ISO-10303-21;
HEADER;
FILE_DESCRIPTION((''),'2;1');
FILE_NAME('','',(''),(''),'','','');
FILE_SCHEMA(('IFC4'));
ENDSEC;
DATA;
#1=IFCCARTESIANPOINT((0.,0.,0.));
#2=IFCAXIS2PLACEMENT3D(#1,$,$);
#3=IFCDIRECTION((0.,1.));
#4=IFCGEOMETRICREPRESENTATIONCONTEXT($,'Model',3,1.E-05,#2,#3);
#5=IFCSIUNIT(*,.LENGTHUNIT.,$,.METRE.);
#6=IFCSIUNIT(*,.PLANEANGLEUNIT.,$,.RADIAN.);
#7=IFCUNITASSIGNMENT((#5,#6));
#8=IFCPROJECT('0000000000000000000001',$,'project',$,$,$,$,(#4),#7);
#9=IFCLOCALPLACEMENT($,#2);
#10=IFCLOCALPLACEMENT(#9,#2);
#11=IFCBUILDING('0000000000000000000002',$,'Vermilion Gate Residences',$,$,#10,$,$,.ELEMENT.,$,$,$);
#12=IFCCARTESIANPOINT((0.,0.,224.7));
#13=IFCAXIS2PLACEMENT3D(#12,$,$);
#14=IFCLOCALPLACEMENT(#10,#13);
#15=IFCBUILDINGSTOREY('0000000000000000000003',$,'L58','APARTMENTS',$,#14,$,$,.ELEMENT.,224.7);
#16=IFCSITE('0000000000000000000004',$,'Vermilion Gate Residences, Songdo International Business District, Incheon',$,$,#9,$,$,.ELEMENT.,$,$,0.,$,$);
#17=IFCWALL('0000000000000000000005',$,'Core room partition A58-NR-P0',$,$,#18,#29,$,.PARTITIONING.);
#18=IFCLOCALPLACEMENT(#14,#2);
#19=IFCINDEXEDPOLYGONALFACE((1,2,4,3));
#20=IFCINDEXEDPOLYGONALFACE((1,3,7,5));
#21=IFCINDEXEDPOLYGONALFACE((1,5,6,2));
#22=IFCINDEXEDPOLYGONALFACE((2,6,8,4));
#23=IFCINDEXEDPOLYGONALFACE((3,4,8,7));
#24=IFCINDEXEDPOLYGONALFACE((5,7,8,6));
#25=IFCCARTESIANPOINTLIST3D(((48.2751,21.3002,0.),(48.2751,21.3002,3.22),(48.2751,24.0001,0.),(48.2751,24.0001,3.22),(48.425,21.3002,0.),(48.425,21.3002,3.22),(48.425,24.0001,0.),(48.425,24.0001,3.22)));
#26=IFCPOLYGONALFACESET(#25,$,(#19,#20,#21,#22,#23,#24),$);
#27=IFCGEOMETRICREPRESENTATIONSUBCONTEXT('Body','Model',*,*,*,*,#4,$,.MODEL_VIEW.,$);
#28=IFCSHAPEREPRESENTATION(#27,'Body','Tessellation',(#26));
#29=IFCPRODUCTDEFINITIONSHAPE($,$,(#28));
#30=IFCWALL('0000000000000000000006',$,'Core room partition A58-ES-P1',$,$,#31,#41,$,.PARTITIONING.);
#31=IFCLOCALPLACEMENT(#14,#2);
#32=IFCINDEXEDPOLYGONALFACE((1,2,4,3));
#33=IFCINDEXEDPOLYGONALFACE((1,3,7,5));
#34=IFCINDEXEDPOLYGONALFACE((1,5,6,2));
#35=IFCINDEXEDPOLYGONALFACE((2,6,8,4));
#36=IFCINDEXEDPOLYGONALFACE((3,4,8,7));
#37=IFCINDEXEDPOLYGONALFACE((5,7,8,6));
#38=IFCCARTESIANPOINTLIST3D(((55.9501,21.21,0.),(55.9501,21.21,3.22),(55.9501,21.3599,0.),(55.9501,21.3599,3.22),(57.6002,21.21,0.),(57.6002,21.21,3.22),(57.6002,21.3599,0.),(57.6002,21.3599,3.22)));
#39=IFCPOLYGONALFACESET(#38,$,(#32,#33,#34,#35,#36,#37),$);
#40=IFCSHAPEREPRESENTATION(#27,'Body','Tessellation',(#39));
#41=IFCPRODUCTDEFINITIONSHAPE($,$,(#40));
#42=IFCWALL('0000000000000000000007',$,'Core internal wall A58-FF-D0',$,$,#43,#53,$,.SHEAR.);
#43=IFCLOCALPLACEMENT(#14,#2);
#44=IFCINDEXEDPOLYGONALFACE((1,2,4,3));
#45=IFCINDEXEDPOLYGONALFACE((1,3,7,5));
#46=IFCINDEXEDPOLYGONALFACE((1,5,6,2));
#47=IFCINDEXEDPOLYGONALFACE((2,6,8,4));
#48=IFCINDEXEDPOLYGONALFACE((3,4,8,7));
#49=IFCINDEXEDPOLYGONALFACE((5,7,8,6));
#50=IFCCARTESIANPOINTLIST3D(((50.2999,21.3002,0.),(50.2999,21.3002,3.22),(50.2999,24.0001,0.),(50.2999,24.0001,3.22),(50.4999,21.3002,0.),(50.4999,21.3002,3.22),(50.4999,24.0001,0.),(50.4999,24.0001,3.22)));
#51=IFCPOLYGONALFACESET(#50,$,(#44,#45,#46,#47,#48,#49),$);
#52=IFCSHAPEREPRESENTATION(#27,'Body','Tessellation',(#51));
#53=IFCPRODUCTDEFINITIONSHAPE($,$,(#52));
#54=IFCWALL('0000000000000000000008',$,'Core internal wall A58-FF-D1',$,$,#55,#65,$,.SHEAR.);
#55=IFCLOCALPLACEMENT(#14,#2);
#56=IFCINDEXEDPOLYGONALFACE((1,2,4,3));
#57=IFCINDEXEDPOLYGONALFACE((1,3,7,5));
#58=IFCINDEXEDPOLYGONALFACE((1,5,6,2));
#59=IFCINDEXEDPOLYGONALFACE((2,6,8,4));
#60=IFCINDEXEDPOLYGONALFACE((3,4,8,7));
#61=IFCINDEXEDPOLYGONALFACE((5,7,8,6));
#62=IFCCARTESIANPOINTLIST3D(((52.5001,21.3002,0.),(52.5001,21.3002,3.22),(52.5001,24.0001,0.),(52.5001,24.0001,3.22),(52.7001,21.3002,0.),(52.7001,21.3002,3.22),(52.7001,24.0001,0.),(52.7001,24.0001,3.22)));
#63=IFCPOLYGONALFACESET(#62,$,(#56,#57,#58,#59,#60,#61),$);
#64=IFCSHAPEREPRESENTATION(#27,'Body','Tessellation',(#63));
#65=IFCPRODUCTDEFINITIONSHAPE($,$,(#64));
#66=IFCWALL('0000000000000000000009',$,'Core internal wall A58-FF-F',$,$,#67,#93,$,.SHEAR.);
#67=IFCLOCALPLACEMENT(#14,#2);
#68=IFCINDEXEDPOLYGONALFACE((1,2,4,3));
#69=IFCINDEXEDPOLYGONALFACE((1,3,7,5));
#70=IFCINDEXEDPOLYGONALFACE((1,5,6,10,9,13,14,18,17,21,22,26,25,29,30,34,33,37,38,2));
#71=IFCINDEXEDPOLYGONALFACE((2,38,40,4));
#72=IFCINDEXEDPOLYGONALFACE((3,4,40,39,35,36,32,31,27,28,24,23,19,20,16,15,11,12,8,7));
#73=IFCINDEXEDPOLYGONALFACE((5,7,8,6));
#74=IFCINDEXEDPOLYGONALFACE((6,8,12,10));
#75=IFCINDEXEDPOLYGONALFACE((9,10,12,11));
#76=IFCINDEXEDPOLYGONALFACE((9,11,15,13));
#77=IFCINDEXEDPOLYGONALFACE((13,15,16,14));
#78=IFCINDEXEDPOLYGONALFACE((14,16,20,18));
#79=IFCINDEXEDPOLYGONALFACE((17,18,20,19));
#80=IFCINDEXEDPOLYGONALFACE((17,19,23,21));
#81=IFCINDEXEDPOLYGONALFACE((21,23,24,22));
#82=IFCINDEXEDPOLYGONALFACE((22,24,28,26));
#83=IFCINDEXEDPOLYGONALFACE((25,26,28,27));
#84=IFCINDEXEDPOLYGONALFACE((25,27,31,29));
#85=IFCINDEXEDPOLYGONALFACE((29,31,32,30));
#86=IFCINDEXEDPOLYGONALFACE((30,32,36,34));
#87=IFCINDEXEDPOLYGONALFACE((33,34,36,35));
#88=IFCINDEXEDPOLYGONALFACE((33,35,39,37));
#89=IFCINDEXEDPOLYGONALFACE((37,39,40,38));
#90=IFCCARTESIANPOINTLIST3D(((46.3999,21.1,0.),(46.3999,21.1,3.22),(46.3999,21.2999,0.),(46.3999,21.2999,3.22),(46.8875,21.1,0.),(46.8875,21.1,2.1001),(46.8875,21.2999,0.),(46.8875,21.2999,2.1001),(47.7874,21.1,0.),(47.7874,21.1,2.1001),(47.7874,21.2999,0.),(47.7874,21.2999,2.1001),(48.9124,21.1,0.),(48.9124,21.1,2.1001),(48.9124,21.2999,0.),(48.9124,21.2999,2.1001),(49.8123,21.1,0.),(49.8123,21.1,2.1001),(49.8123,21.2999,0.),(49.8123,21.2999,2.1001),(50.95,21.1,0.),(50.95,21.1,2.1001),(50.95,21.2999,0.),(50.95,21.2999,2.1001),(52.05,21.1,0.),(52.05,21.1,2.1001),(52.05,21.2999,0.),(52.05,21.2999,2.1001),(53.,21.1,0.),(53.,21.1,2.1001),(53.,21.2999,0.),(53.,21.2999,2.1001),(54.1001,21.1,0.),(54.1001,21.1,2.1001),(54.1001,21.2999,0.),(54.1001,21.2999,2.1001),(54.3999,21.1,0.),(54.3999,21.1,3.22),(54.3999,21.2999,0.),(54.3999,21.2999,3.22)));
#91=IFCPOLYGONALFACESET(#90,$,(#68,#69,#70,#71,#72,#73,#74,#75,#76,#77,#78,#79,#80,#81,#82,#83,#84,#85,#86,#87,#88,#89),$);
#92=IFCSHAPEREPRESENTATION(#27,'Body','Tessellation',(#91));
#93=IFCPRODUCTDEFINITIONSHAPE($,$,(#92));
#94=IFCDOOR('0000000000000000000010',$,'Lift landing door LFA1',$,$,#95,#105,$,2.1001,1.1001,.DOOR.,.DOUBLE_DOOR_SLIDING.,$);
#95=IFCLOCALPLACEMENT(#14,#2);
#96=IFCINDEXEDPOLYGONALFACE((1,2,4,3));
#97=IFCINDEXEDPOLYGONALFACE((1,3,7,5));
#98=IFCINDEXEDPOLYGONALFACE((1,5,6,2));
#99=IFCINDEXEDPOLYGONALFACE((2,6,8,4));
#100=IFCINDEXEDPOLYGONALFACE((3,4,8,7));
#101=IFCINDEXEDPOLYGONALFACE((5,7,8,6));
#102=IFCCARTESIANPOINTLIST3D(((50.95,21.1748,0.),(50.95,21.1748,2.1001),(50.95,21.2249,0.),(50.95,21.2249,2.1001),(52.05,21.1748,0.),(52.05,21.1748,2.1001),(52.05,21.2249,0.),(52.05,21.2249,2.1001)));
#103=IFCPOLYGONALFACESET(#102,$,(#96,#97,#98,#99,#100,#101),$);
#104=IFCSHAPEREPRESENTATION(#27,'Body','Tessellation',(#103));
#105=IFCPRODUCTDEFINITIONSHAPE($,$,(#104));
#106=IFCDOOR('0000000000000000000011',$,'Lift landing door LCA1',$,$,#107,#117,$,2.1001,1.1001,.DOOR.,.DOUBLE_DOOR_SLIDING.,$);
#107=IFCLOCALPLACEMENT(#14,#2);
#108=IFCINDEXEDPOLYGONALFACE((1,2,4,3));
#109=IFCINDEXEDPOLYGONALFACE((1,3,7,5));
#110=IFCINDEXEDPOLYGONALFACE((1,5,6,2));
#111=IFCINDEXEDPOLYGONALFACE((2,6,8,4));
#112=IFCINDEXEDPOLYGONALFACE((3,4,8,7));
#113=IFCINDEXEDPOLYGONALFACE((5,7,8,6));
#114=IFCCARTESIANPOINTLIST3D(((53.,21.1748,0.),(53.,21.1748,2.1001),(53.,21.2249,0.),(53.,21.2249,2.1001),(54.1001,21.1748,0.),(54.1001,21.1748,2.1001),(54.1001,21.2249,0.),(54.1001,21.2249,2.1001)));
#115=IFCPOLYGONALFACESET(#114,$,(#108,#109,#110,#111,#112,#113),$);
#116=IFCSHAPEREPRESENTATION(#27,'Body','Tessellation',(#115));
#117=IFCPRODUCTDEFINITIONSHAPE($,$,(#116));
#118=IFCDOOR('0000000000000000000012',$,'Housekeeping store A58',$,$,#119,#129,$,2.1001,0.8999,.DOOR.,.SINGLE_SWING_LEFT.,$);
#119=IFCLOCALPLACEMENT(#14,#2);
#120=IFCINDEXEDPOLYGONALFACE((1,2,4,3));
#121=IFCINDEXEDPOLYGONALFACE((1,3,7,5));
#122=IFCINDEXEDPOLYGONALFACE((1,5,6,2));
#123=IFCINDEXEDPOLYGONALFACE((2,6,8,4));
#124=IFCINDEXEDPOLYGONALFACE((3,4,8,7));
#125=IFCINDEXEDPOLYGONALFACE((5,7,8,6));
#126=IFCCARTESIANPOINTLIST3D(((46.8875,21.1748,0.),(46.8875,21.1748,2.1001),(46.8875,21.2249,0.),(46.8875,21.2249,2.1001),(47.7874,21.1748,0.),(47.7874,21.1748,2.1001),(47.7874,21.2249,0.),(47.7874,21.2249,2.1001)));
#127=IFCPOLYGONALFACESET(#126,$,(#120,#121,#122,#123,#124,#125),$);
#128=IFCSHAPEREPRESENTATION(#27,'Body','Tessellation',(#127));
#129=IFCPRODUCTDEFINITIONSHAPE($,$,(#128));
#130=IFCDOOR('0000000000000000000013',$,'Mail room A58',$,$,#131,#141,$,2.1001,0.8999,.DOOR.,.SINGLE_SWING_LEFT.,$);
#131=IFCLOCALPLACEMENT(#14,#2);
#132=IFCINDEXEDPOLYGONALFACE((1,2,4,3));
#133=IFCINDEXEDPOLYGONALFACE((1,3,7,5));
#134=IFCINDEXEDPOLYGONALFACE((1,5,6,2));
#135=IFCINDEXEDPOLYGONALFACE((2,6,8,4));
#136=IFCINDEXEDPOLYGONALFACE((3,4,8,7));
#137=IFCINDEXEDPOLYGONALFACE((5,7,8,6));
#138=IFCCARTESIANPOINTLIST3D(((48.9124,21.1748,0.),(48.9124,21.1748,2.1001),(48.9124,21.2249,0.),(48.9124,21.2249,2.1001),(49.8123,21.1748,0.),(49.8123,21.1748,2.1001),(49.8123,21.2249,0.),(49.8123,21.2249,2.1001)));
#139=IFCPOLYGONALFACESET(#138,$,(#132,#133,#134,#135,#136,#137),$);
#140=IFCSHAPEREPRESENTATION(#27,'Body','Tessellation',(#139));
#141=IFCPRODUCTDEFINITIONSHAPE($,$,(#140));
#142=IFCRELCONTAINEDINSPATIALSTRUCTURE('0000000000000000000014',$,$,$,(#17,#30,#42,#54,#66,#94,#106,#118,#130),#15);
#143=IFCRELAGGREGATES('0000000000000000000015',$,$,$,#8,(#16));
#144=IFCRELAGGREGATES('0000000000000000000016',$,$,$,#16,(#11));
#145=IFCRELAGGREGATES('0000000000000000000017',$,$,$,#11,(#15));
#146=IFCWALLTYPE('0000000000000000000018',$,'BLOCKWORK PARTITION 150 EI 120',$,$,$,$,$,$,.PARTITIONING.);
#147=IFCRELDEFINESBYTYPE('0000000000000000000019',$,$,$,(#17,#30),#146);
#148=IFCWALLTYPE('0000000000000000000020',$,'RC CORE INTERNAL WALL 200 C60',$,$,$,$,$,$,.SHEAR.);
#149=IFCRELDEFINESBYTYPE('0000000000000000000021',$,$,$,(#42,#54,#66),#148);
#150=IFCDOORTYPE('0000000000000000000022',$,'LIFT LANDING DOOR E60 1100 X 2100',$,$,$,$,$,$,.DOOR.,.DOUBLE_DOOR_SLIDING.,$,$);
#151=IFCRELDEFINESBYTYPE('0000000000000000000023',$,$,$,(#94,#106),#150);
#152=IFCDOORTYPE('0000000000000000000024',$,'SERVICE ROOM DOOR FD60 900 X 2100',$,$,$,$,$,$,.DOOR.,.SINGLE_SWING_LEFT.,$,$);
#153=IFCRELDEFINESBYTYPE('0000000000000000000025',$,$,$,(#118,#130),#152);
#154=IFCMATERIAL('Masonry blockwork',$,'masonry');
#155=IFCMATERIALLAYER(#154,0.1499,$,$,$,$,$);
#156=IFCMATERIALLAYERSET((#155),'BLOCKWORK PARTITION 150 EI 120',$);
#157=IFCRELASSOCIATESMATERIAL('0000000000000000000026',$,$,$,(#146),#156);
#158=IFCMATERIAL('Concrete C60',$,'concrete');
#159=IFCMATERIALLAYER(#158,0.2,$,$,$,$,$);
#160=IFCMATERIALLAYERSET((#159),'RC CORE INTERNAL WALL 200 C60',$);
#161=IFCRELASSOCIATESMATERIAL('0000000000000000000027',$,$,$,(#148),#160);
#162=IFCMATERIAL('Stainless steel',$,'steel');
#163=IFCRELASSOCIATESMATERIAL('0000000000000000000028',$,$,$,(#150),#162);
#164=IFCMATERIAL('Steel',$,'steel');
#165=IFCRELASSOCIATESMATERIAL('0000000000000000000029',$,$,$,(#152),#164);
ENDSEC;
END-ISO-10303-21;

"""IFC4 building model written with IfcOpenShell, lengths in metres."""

from ifc_helpers import new_model, si_unit, direction, frame, frame_2d, origin, place, context, subcontext, project, spatial, rectangle, extrude, material, layer, layer_set, type_object, element, fill, save


model = new_model("IFC4")

# Units and contexts
model_context = context("Model", 3, precision=1e-05, world=origin(), true_north=direction((0.0, 1.0)))
body_context = subcontext(model_context, "Body", "Model", "MODEL_VIEW")
ifc_project = project(units=[si_unit("LENGTHUNIT", "METRE"), si_unit("PLANEANGLEUNIT", "RADIAN")], contexts=[model_context])

# Site, building, storey
site_placement = place(None, origin())
site = spatial("IfcSite", under=ifc_project, at=site_placement, Name="Vermilion Gate Residences, Songdo International Business District, Incheon", CompositionType="ELEMENT", RefElevation=0.0)
building_placement = place(site_placement, origin())
building = spatial("IfcBuilding", under=site, at=building_placement, Name="Vermilion Gate Residences", CompositionType="ELEMENT")
storey_placement = place(building_placement, frame((0.0, 0.0, 224.7)))
storey = spatial("IfcBuildingStorey", under=building, at=storey_placement, Name="L58", Description="APARTMENTS", CompositionType="ELEMENT", Elevation=224.7)

# Walls
ifc_material_1 = material(Name="Masonry blockwork", Category="masonry")
ifc_layer_1 = layer(ifc_material_1, 0.1499)
ifc_layer_set_1 = layer_set([ifc_layer_1], Name="BLOCKWORK PARTITION 150 EI 120")
wall_type_1 = type_object("IfcWallType", Name="BLOCKWORK PARTITION 150 EI 120", PredefinedType="PARTITIONING", material=ifc_layer_set_1)
wall_1_placement = place(storey_placement, frame((48.3501, 21.3, 0.0), z_axis=(0.0, 0.0, 1.0), x_axis=(0.0, 1.0, 0.0)))
element("IfcWall", 1, at=wall_1_placement, inside=storey, type_object=wall_type_1, Name="Core room partition A58-NR-P0", PredefinedType="PARTITIONING", context=body_context, shape_type="SweptSolid", body=[
    extrude(rectangle(XDim=2.7, YDim=0.1499, at=frame_2d((1.3501, 0.0))), origin(), (0.0, 0.0, 1.0), 3.22),
])
wall_2_placement = place(storey_placement, frame((55.95, 21.2849, 0.0), z_axis=(0.0, 0.0, 1.0), x_axis=(1.0, 0.0, 0.0)))
element("IfcWall", 2, at=wall_2_placement, inside=storey, type_object=wall_type_1, Name="Core room partition A58-ES-P1", PredefinedType="PARTITIONING", context=body_context, shape_type="SweptSolid", body=[
    extrude(rectangle(XDim=1.6501, YDim=0.1499, at=frame_2d((0.8252, 0.0))), origin(), (0.0, 0.0, 1.0), 3.22),
])
ifc_material_2 = material(Name="Concrete C60", Category="concrete")
ifc_layer_2 = layer(ifc_material_2, 0.2)
ifc_layer_set_2 = layer_set([ifc_layer_2], Name="RC CORE INTERNAL WALL 200 C60")
wall_type_2 = type_object("IfcWallType", Name="RC CORE INTERNAL WALL 200 C60", PredefinedType="SHEAR", material=ifc_layer_set_2)
for number, where, z_axis, x_axis, name in (
    (3, (50.3999, 21.3, 0.0), (0.0, 0.0, 1.0), (0.0, 1.0, 0.0), "Core internal wall A58-FF-D0"),
    (4, (52.6001, 21.3, 0.0), (0.0, 0.0, 1.0), (0.0, 1.0, 0.0), "Core internal wall A58-FF-D1"),
):
    element("IfcWall", number, at=place(storey_placement, frame(where, z_axis=z_axis, x_axis=x_axis)), inside=storey, type_object=wall_type_2, Name=name, PredefinedType="SHEAR", context=body_context, shape_type="SweptSolid", body=[
        extrude(rectangle(XDim=2.7, YDim=0.2, at=frame_2d((1.3501, 0.0))), origin(), (0.0, 0.0, 1.0), 3.22),
    ])

# Wall, openings, doors
wall_3_placement = place(storey_placement, frame((46.3999, 21.2, 0.0), z_axis=(0.0, 0.0, 1.0), x_axis=(1.0, 0.0, 0.0)))
wall_3 = element("IfcWall", 5, at=wall_3_placement, inside=storey, type_object=wall_type_2, Name="Core internal wall A58-FF-F", PredefinedType="SHEAR", context=body_context, shape_type="SweptSolid", body=[
    extrude(rectangle(XDim=8.0, YDim=0.2, at=frame_2d((4.0, 0.0))), origin(), (0.0, 0.0, 1.0), 3.22),
])
opening_1_placement = place(wall_3_placement, frame((0.4875, 0.0, 0.0)))
opening_1 = element("IfcOpeningElement", 6, at=opening_1_placement, cuts=wall_3, PredefinedType="OPENING", context=body_context, shape_type="SweptSolid", body=[
    extrude(rectangle(XDim=0.8999, YDim=2.1001, at=frame_2d((0.45, 1.05))), frame((0.0, 0.1099, 0.0), z_axis=(0.0, -1.0, 0.0), x_axis=(1.0, 0.0, 0.0)), (0.0, 0.0, 1.0), 0.22),
])
opening_2_placement = place(wall_3_placement, frame((2.5125, 0.0, 0.0)))
opening_2 = element("IfcOpeningElement", 7, at=opening_2_placement, cuts=wall_3, PredefinedType="OPENING", context=body_context, shape_type="SweptSolid", body=[
    extrude(rectangle(XDim=0.8999, YDim=2.1001, at=frame_2d((0.45, 1.05))), frame((0.0, 0.1099, 0.0), z_axis=(0.0, -1.0, 0.0), x_axis=(1.0, 0.0, 0.0)), (0.0, 0.0, 1.0), 0.22),
])
opening_3_placement = place(wall_3_placement, frame((4.55, 0.0, 0.0)))
opening_3 = element("IfcOpeningElement", 8, at=opening_3_placement, cuts=wall_3, PredefinedType="OPENING", context=body_context, shape_type="SweptSolid", body=[
    extrude(rectangle(XDim=1.1001, YDim=2.1001, at=frame_2d((0.55, 1.05))), frame((0.0, 0.1099, 0.0), z_axis=(0.0, -1.0, 0.0), x_axis=(1.0, 0.0, 0.0)), (0.0, 0.0, 1.0), 0.22),
])
opening_4_placement = place(wall_3_placement, frame((6.6001, 0.0, 0.0)))
opening_4 = element("IfcOpeningElement", 9, at=opening_4_placement, cuts=wall_3, PredefinedType="OPENING", context=body_context, shape_type="SweptSolid", body=[
    extrude(rectangle(XDim=1.1001, YDim=2.1001, at=frame_2d((0.55, 1.05))), frame((0.0, 0.1099, 0.0), z_axis=(0.0, -1.0, 0.0), x_axis=(1.0, 0.0, 0.0)), (0.0, 0.0, 1.0), 0.22),
])
ifc_material_3 = material(Name="Stainless steel", Category="steel")
door_type_1 = type_object("IfcDoorType", Name="LIFT LANDING DOOR E60 1100 X 2100", OperationType="DOUBLE_DOOR_SLIDING", PredefinedType="DOOR", material=ifc_material_3)
door_1_placement = place(opening_3_placement, origin())
door_1 = element("IfcDoor", 10, at=door_1_placement, inside=storey, type_object=door_type_1, Name="Lift landing door LFA1", OperationType="DOUBLE_DOOR_SLIDING", OverallHeight=2.1001, OverallWidth=1.1001, PredefinedType="DOOR", context=body_context, shape_type="SweptSolid", body=[
    extrude(rectangle(XDim=1.1001, YDim=2.1001, at=frame_2d((0.55, 1.05))), frame((0.0, 0.0249, 0.0), z_axis=(0.0, -1.0, 0.0), x_axis=(1.0, 0.0, 0.0)), (0.0, 0.0, 1.0), 0.05),
])
fill(opening_3, door_1)
door_2_placement = place(opening_4_placement, origin())
door_2 = element("IfcDoor", 11, at=door_2_placement, inside=storey, type_object=door_type_1, Name="Lift landing door LCA1", OperationType="DOUBLE_DOOR_SLIDING", OverallHeight=2.1001, OverallWidth=1.1001, PredefinedType="DOOR", context=body_context, shape_type="SweptSolid", body=[
    extrude(rectangle(XDim=1.1001, YDim=2.1001, at=frame_2d((0.55, 1.05))), frame((0.0, 0.0249, 0.0), z_axis=(0.0, -1.0, 0.0), x_axis=(1.0, 0.0, 0.0)), (0.0, 0.0, 1.0), 0.05),
])
fill(opening_4, door_2)
ifc_material_4 = material(Name="Steel", Category="steel")
door_type_2 = type_object("IfcDoorType", Name="SERVICE ROOM DOOR FD60 900 X 2100", OperationType="SINGLE_SWING_LEFT", PredefinedType="DOOR", material=ifc_material_4)
door_3_placement = place(opening_1_placement, origin())
door_3 = element("IfcDoor", 12, at=door_3_placement, inside=storey, type_object=door_type_2, Name="Housekeeping store A58", OperationType="SINGLE_SWING_LEFT", OverallHeight=2.1001, OverallWidth=0.8999, PredefinedType="DOOR", context=body_context, shape_type="SweptSolid", body=[
    extrude(rectangle(XDim=0.8999, YDim=2.1001, at=frame_2d((0.45, 1.05))), frame((0.0, 0.0249, 0.0), z_axis=(0.0, -1.0, 0.0), x_axis=(1.0, 0.0, 0.0)), (0.0, 0.0, 1.0), 0.05),
])
fill(opening_1, door_3)
door_4_placement = place(opening_2_placement, origin())
door_4 = element("IfcDoor", 13, at=door_4_placement, inside=storey, type_object=door_type_2, Name="Mail room A58", OperationType="SINGLE_SWING_LEFT", OverallHeight=2.1001, OverallWidth=0.8999, PredefinedType="DOOR", context=body_context, shape_type="SweptSolid", body=[
    extrude(rectangle(XDim=0.8999, YDim=2.1001, at=frame_2d((0.45, 1.05))), frame((0.0, 0.0249, 0.0), z_axis=(0.0, -1.0, 0.0), x_axis=(1.0, 0.0, 0.0)), (0.0, 0.0, 1.0), 0.05),
])
fill(opening_2, door_4)

save(model, "model.ifc")
